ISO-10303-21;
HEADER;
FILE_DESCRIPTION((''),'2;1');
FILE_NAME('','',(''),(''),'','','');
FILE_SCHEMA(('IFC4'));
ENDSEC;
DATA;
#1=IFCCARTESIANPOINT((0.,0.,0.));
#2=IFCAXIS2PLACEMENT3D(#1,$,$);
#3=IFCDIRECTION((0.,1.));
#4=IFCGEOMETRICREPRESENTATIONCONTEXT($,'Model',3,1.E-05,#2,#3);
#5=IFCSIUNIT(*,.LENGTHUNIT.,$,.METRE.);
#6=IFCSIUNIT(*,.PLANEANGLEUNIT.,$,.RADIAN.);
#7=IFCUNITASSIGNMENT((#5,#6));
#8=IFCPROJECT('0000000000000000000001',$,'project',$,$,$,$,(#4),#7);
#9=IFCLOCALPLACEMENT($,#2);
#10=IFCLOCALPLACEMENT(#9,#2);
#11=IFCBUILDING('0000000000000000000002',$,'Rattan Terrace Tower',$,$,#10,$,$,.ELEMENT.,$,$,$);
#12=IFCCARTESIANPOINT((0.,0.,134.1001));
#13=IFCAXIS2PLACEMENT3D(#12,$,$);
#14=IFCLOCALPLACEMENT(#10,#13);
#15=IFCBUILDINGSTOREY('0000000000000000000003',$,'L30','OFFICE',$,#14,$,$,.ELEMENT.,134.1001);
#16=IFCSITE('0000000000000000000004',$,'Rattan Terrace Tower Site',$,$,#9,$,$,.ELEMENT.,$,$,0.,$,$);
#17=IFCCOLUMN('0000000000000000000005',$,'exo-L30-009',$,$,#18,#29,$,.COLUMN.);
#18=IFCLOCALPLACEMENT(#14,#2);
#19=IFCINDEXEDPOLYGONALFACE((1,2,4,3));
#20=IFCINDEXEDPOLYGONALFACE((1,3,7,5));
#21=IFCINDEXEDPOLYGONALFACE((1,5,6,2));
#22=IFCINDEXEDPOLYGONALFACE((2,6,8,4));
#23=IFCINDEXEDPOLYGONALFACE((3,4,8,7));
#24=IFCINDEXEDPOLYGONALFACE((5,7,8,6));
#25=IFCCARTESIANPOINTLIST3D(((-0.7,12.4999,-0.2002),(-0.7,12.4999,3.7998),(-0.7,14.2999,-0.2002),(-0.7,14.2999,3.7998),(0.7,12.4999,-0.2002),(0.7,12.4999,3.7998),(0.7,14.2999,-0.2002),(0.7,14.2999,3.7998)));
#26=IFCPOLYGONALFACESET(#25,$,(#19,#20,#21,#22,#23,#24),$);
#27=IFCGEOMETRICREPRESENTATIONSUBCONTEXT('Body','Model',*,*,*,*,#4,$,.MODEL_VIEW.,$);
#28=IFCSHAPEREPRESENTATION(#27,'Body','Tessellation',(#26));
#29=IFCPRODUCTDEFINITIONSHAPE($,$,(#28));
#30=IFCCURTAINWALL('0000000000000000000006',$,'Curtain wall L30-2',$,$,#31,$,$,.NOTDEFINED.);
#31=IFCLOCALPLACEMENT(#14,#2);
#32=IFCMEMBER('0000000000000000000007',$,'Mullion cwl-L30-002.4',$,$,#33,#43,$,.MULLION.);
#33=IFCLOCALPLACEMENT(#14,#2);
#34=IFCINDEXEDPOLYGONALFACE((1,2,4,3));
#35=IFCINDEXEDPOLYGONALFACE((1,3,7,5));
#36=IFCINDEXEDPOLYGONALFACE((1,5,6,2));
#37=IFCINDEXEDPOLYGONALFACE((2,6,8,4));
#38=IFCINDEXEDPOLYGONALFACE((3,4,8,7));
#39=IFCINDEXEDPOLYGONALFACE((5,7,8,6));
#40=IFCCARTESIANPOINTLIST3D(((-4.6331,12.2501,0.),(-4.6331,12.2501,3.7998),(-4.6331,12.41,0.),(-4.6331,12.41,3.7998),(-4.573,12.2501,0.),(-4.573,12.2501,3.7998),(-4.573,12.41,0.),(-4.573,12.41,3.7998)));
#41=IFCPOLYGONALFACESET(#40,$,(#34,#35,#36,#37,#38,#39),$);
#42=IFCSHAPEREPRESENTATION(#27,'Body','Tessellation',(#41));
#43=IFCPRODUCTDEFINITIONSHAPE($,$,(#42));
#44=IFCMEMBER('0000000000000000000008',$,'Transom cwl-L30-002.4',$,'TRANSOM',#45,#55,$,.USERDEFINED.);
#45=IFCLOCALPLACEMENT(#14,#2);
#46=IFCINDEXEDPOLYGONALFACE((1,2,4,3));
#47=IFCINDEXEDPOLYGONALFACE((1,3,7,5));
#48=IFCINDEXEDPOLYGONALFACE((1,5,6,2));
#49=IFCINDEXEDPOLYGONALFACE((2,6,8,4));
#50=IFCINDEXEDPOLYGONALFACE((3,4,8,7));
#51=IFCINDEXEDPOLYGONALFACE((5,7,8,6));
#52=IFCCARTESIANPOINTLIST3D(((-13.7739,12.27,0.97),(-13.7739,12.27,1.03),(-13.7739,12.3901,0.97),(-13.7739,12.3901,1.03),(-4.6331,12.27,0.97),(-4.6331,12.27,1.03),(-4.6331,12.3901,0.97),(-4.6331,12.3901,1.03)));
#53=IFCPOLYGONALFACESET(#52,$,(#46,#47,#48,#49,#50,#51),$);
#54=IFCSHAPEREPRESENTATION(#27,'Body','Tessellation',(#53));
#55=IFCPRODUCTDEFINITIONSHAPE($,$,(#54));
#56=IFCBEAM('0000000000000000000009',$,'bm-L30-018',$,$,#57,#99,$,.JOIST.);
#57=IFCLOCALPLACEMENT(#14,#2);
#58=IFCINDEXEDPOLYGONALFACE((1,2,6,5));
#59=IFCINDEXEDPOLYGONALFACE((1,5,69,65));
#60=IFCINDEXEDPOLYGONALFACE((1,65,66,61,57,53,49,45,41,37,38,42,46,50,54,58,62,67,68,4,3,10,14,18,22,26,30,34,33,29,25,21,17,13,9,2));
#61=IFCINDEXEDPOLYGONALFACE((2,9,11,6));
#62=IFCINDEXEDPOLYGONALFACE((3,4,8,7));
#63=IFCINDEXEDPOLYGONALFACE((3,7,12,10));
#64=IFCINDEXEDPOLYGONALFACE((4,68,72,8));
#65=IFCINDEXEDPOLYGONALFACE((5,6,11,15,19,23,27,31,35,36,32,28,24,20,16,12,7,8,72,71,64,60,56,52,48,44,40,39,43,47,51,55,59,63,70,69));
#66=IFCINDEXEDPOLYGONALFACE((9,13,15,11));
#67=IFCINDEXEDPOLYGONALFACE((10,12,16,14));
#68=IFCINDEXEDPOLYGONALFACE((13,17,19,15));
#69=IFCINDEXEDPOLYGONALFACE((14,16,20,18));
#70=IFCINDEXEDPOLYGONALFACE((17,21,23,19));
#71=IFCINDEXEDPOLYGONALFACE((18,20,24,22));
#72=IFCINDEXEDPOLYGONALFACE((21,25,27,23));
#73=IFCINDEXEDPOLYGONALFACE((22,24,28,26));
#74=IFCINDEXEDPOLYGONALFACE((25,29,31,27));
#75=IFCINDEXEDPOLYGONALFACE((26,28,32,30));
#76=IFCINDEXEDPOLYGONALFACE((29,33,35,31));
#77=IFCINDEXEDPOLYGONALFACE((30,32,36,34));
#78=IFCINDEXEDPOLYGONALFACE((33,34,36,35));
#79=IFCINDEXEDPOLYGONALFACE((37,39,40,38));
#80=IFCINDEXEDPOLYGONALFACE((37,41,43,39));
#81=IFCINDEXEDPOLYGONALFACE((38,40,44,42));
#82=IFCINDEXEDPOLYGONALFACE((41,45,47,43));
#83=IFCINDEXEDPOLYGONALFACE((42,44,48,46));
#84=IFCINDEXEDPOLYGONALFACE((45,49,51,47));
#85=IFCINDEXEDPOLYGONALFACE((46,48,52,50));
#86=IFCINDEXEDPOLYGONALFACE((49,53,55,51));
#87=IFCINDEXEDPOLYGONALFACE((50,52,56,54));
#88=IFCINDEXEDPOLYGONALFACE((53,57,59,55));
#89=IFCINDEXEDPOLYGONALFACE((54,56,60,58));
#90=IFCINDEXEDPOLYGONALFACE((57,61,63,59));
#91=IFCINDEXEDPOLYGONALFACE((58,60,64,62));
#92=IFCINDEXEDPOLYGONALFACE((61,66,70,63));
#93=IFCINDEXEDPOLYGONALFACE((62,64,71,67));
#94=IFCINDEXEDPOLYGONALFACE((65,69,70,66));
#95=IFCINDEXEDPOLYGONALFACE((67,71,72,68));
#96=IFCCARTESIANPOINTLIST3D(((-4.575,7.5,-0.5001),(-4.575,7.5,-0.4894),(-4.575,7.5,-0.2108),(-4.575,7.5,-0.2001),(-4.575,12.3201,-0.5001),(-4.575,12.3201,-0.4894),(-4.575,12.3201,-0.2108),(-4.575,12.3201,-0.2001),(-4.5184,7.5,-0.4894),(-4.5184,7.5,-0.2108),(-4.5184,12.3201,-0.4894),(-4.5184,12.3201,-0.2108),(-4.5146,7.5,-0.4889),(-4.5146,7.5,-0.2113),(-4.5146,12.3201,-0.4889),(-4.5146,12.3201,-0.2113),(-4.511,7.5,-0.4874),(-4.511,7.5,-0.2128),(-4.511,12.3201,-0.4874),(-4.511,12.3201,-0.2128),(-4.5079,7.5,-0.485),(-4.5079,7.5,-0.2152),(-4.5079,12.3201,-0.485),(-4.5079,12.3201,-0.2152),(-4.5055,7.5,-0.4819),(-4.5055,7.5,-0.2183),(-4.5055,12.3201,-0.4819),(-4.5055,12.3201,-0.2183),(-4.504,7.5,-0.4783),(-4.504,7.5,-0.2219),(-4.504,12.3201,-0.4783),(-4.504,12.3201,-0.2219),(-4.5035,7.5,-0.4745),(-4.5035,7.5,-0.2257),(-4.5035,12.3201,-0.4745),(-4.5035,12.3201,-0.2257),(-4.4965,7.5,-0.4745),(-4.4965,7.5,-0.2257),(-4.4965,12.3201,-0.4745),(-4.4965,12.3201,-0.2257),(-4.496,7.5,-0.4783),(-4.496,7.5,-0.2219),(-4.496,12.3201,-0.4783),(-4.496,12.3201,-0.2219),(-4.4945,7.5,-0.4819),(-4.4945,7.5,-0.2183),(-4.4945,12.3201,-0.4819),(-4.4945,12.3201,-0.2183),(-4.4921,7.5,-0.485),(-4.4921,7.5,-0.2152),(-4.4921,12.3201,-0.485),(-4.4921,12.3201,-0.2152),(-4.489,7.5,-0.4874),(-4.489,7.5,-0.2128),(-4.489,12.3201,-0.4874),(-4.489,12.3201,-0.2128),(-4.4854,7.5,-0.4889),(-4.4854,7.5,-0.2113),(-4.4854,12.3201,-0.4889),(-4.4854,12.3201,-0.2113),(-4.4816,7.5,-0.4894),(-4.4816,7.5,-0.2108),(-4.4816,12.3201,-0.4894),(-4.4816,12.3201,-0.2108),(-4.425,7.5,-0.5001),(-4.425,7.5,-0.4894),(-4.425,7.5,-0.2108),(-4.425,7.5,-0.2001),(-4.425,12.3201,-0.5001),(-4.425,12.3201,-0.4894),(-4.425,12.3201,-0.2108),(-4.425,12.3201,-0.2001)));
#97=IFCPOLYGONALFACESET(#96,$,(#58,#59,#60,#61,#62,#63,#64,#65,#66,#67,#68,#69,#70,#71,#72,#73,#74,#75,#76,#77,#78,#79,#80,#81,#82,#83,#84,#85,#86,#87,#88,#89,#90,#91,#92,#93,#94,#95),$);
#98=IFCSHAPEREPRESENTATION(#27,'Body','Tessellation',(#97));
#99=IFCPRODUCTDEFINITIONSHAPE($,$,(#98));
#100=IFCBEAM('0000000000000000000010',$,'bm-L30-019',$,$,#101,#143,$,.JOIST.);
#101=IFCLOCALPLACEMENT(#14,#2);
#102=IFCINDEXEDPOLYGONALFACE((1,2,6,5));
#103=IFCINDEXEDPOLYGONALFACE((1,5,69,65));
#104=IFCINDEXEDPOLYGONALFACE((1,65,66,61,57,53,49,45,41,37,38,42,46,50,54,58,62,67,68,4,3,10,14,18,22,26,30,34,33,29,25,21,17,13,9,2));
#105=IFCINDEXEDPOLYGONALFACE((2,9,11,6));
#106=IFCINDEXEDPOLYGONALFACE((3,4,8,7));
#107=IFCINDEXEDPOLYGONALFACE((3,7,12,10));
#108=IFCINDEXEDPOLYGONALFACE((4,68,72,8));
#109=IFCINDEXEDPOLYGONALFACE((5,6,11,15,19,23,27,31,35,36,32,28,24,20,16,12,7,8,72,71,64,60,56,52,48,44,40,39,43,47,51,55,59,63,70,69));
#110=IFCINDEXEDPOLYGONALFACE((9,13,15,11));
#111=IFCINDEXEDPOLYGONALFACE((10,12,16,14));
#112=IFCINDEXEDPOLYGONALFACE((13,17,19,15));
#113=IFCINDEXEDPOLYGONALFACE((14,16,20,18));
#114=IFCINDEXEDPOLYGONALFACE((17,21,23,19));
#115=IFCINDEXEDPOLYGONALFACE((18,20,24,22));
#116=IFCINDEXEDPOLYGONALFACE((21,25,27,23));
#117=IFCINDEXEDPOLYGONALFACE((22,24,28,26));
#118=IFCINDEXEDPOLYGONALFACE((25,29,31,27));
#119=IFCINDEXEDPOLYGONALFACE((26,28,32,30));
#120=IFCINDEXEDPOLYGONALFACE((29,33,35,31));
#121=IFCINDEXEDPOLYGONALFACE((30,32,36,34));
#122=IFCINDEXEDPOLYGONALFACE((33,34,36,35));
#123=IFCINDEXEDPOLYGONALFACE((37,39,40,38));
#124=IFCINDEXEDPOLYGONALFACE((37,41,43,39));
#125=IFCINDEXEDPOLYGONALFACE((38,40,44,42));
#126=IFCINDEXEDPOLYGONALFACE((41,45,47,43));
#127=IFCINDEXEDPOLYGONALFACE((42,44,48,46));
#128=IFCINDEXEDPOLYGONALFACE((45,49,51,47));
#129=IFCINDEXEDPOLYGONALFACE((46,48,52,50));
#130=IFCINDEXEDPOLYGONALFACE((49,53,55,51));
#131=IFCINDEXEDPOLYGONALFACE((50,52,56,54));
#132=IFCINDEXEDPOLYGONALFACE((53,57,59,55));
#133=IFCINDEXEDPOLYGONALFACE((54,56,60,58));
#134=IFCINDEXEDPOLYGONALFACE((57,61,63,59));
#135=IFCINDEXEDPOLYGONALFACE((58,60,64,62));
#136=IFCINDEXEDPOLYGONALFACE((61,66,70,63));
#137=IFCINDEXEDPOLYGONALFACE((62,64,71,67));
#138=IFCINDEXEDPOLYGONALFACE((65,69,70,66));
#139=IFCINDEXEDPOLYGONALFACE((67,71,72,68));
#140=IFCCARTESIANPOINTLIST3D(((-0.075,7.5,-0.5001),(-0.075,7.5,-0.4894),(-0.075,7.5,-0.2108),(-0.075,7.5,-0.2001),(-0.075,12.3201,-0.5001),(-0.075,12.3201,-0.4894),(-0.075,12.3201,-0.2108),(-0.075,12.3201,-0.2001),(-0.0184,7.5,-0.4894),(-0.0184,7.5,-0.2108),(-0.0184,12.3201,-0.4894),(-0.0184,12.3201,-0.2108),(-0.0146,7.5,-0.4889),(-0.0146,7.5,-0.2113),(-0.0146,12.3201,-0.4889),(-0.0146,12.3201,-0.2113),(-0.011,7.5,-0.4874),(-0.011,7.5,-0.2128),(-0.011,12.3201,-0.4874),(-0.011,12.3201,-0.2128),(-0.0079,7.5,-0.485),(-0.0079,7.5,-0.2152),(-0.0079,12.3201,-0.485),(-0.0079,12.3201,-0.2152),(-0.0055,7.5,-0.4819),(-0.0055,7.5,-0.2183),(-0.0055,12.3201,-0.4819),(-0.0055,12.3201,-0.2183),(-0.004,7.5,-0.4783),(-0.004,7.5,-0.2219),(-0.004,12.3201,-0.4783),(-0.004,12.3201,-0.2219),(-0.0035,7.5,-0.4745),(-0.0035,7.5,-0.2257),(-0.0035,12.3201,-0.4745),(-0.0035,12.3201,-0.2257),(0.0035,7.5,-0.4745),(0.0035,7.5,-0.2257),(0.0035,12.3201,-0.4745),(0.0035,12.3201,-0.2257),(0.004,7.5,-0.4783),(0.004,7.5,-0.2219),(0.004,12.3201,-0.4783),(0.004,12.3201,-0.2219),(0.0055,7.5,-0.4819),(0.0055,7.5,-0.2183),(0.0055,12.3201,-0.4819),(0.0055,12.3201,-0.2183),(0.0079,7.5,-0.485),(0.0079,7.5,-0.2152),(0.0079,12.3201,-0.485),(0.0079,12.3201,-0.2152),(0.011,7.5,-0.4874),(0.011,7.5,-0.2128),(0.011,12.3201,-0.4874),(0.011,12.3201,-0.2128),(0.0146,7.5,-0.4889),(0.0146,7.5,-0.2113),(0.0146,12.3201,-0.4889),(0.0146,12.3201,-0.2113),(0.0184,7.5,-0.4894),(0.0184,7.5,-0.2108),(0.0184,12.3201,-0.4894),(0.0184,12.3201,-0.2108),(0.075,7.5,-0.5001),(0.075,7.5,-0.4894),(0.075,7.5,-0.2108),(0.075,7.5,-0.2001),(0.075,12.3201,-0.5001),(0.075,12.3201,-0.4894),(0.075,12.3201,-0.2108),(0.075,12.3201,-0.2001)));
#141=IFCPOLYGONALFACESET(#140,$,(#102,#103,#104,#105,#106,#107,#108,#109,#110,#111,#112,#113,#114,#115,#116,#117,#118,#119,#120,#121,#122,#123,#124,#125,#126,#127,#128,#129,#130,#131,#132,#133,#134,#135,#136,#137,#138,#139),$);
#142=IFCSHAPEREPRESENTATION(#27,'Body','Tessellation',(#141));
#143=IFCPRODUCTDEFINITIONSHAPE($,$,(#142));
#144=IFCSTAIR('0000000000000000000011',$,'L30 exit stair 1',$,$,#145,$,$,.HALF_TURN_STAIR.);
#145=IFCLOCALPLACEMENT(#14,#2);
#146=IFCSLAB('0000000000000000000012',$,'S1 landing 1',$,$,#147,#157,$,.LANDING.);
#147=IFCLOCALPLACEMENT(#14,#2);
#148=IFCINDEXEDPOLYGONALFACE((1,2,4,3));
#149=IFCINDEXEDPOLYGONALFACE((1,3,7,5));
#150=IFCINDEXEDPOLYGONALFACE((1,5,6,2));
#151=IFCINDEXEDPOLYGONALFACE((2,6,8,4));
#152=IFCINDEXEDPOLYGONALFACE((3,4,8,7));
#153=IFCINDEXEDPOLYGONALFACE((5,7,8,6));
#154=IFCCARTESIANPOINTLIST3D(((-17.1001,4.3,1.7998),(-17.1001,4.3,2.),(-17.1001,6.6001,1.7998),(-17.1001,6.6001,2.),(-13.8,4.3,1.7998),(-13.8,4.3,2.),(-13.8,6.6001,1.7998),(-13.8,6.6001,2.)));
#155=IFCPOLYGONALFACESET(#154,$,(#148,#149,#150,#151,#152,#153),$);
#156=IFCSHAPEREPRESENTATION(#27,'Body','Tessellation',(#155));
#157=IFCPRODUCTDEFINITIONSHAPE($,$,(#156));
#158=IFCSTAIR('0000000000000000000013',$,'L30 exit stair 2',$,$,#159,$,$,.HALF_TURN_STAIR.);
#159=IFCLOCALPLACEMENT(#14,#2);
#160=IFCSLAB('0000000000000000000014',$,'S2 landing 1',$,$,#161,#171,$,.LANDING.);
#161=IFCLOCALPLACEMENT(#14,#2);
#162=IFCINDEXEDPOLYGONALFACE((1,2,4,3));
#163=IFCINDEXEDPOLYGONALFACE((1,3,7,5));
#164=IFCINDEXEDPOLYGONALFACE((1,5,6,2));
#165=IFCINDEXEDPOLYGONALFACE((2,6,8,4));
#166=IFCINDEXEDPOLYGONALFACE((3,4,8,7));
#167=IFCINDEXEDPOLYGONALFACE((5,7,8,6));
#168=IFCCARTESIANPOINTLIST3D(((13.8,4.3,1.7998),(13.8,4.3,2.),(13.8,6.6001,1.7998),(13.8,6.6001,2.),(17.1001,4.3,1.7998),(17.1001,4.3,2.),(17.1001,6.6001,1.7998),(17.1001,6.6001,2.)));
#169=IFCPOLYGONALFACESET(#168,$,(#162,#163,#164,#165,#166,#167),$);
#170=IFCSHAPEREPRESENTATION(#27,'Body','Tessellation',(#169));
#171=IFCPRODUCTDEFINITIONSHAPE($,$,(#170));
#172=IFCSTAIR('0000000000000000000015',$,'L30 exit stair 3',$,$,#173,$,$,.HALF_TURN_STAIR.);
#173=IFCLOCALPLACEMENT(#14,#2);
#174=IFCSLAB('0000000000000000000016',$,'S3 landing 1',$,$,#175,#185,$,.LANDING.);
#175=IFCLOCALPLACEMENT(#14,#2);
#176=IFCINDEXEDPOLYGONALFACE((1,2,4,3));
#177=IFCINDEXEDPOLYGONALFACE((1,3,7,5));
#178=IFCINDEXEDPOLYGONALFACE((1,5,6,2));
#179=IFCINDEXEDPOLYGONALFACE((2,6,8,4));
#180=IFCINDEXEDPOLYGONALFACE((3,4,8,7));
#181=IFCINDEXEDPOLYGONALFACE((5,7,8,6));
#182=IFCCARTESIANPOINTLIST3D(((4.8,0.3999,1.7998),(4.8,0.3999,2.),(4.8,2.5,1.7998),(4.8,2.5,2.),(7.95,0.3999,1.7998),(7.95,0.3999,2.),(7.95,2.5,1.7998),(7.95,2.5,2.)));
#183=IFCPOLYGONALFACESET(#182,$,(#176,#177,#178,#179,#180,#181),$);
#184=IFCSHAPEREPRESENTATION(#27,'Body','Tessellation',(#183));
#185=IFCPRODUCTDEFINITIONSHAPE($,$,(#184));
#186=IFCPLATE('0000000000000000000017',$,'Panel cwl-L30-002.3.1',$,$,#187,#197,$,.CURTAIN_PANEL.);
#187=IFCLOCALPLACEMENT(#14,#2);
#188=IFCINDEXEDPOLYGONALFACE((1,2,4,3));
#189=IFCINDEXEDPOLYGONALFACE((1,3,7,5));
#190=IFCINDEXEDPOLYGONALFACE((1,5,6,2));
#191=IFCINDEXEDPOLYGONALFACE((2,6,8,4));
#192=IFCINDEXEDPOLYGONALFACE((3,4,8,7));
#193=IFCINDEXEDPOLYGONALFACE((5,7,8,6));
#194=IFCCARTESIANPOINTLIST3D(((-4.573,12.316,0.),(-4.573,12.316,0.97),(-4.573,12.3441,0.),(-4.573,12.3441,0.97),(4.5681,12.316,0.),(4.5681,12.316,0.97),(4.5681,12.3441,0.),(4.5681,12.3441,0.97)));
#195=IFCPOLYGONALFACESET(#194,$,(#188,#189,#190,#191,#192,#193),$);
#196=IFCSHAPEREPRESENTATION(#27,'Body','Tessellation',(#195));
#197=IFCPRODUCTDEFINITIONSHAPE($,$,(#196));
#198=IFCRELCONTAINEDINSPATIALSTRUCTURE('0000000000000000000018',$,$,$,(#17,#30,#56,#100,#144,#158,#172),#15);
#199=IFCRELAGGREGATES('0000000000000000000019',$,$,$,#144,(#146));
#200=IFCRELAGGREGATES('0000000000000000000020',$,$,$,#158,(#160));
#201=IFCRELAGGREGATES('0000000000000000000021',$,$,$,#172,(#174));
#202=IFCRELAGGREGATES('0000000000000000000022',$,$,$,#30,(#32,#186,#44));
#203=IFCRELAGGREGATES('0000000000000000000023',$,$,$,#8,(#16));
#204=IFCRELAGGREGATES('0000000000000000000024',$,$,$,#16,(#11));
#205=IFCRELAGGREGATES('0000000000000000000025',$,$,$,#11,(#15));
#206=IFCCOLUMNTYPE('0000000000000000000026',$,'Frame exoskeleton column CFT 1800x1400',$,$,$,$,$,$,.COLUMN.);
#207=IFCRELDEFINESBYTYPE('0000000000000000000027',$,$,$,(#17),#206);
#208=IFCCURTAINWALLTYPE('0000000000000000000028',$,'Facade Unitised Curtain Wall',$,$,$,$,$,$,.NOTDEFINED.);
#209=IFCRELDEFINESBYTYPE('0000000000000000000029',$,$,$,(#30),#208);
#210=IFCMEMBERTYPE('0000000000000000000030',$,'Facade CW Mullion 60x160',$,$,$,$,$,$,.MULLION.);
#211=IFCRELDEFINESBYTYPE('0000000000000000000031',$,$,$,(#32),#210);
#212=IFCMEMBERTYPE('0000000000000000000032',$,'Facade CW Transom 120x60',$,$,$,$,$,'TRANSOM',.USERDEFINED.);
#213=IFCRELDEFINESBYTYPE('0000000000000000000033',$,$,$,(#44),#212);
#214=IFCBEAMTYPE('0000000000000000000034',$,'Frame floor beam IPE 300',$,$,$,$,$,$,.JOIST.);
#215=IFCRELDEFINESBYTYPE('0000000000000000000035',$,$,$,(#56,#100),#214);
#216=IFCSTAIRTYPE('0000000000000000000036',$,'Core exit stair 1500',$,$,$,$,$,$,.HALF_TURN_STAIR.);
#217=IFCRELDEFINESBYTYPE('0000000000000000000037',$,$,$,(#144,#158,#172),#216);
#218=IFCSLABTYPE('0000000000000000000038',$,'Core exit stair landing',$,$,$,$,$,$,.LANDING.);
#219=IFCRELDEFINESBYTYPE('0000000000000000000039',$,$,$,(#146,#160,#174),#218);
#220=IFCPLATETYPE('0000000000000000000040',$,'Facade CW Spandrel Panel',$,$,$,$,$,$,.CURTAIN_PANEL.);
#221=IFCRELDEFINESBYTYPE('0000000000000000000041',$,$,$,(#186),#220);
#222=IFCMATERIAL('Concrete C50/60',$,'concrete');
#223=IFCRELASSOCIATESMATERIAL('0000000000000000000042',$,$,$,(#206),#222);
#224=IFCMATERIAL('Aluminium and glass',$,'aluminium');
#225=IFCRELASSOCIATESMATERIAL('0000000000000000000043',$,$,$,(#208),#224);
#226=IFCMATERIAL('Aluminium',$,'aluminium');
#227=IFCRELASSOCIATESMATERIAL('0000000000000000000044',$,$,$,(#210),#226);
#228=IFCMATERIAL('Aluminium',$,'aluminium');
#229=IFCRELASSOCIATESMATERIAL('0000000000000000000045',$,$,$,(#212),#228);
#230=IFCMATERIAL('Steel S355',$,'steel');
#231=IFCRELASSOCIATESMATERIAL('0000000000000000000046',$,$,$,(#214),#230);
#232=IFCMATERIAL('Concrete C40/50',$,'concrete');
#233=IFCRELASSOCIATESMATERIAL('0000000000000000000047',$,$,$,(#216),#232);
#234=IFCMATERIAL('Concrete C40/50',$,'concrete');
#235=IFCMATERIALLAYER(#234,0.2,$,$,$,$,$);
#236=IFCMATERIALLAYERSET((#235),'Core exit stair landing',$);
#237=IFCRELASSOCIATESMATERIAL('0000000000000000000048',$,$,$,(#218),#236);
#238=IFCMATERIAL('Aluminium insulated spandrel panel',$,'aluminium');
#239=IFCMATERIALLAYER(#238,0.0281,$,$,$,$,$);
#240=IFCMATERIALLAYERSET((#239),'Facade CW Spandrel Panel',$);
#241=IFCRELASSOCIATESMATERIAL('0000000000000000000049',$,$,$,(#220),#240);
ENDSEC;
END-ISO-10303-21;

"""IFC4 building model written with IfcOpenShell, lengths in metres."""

from ifc_helpers import new_model, si_unit, direction, frame, origin, origin_2d, place, context, subcontext, project, spatial, polyline, rectangle, i_section, outline, extrude, material, layer, layer_set, material_profile, profile_set, type_object, element, aggregate, save


model = new_model("IFC4")

# Units and contexts
model_context = context("Model", 3, precision=1e-05, world=origin(), true_north=direction((0.0, 1.0)))
body_context = subcontext(model_context, "Body", "Model", "MODEL_VIEW")
ifc_project = project(units=[si_unit("LENGTHUNIT", "METRE"), si_unit("PLANEANGLEUNIT", "RADIAN")], contexts=[model_context])

# Site, building, storey
site_placement = place(None, origin())
site = spatial("IfcSite", under=ifc_project, at=site_placement, Name="Rattan Terrace Tower Site", CompositionType="ELEMENT", RefElevation=0.0)
building_placement = place(site_placement, origin())
building = spatial("IfcBuilding", under=site, at=building_placement, Name="Rattan Terrace Tower", CompositionType="ELEMENT")
storey_placement = place(building_placement, frame((0.0, 0.0, 134.1001)))
storey = spatial("IfcBuildingStorey", under=building, at=storey_placement, Name="L30", Description="OFFICE", CompositionType="ELEMENT", Elevation=134.1001)

# Column
ifc_material_1 = material(Name="Concrete C50/60", Category="concrete")
ifc_material_profile_1 = material_profile(ifc_material_1, rectangle(XDim=1.3999, YDim=1.8, at=origin_2d()), Name="CFT 1800x1400")
ifc_profile_set_1 = profile_set([ifc_material_profile_1], Name="Concrete C50/60")
column_type = type_object("IfcColumnType", Name="Frame exoskeleton column CFT 1800x1400", PredefinedType="COLUMN", material=ifc_profile_set_1)
column_placement = place(storey_placement, frame((0.0, 13.3999, -0.2002), z_axis=(0.0, 0.0, 1.0), x_axis=(1.0, 0.0, 0.0)))
element("IfcColumn", 1, at=column_placement, inside=storey, type_object=column_type, Name="exo-L30-009", PredefinedType="COLUMN", context=body_context, shape_type="SweptSolid", body=[
    extrude(rectangle(XDim=1.3999, YDim=1.8, at=origin_2d()), origin(), (0.0, 0.0, 1.0), 4.0),
])

# Curtain wall, members
ifc_material_2 = material(Name="Aluminium and glass", Category="aluminium")
curtain_wall_type = type_object("IfcCurtainWallType", Name="Facade Unitised Curtain Wall", PredefinedType="NOTDEFINED", material=ifc_material_2)
curtain_wall_placement = place(storey_placement, origin())
curtain_wall = element("IfcCurtainWall", 2, at=curtain_wall_placement, inside=storey, type_object=curtain_wall_type, Name="Curtain wall L30-2", PredefinedType="NOTDEFINED")
ifc_material_3 = material(Name="Aluminium", Category="aluminium")
ifc_material_profile_2 = material_profile(ifc_material_3, rectangle(XDim=0.0601, YDim=0.1599, at=origin_2d()), Name="Aluminium 60x160")
ifc_profile_set_2 = profile_set([ifc_material_profile_2], Name="Aluminium")
member_type_1 = type_object("IfcMemberType", Name="Facade CW Mullion 60x160", PredefinedType="MULLION", material=ifc_profile_set_2)
member_1_placement = place(storey_placement, frame((-4.603, 12.3301, 0.0), z_axis=(0.0, 0.0, 1.0), x_axis=(-1.0, 0.0, 0.0)))
member_1 = element("IfcMember", 3, at=member_1_placement, type_object=member_type_1, Name="Mullion cwl-L30-002.4", PredefinedType="MULLION", context=body_context, shape_type="SweptSolid", body=[
    extrude(rectangle(XDim=0.0601, YDim=0.1599, at=origin_2d()), origin(), (0.0, 0.0, 1.0), 3.7998),
])
ifc_material_4 = material(Name="Aluminium", Category="aluminium")
ifc_material_profile_3 = material_profile(ifc_material_4, rectangle(XDim=0.1201, YDim=0.0601, at=origin_2d()), Name="Aluminium 120x60")
ifc_profile_set_3 = profile_set([ifc_material_profile_3], Name="Aluminium")
member_type_2 = type_object("IfcMemberType", Name="Facade CW Transom 120x60", ElementType="TRANSOM", PredefinedType="USERDEFINED", material=ifc_profile_set_3)
member_2_placement = place(storey_placement, frame((-4.6331, 12.3301, 1.0), z_axis=(-1.0, 0.0, 0.0), x_axis=(0.0, -1.0, 0.0)))
member_2 = element("IfcMember", 4, at=member_2_placement, type_object=member_type_2, Name="Transom cwl-L30-002.4", ObjectType="TRANSOM", PredefinedType="USERDEFINED", context=body_context, shape_type="SweptSolid", body=[
    extrude(rectangle(XDim=0.1201, YDim=0.0601, at=origin_2d()), origin(), (0.0, 0.0, 1.0), 9.1409),
])

# Beams
ifc_material_5 = material(Name="Steel S355", Category="steel")
ifc_material_profile_4 = material_profile(ifc_material_5, i_section(OverallWidth=0.1499, OverallDepth=0.3, WebThickness=0.0071, FlangeThickness=0.0107, FilletRadius=0.0149, at=origin_2d()), Name="IPE 300")
ifc_profile_set_4 = profile_set([ifc_material_profile_4], Name="Steel S355")
beam_type = type_object("IfcBeamType", Name="Frame floor beam IPE 300", PredefinedType="JOIST", material=ifc_profile_set_4)
for number, where, z_axis, x_axis, name in (
    (5, (-4.5, 7.5, -0.3501), (0.0, 1.0, 0.0), (-1.0, 0.0, 0.0), "bm-L30-018"),
    (6, (0.0, 7.5, -0.3501), (0.0, 1.0, 0.0), (-1.0, 0.0, 0.0), "bm-L30-019"),
):
    element("IfcBeam", number, at=place(storey_placement, frame(where, z_axis=z_axis, x_axis=x_axis)), inside=storey, type_object=beam_type, Name=name, PredefinedType="JOIST", context=body_context, shape_type="SweptSolid", body=[
        extrude(i_section(OverallWidth=0.1499, OverallDepth=0.3, WebThickness=0.0071, FlangeThickness=0.0107, FilletRadius=0.0149, at=origin_2d()), origin(), (0.0, 0.0, 1.0), 4.8201),
    ])

# Stairs, slabs
ifc_material_6 = material(Name="Concrete C40/50", Category="concrete")
stair_type = type_object("IfcStairType", Name="Core exit stair 1500", PredefinedType="HALF_TURN_STAIR", material=ifc_material_6)
stair_1_placement = place(storey_placement, origin())
stair_1 = element("IfcStair", 7, at=stair_1_placement, inside=storey, type_object=stair_type, Name="L30 exit stair 1", PredefinedType="HALF_TURN_STAIR")
ifc_material_7 = material(Name="Concrete C40/50", Category="concrete")
ifc_layer_1 = layer(ifc_material_7, 0.2)
ifc_layer_set_1 = layer_set([ifc_layer_1], Name="Core exit stair landing")
slab_type_1 = type_object("IfcSlabType", Name="Core exit stair landing", PredefinedType="LANDING", material=ifc_layer_set_1)
slab_1_placement = place(storey_placement, frame((0.0, 0.0, 1.7998)))
slab_1 = element("IfcSlab", 8, at=slab_1_placement, type_object=slab_type_1, Name="S1 landing 1", PredefinedType="LANDING", context=body_context, shape_type="SweptSolid", body=[
    extrude(outline(polyline([(-13.8, 4.3), (-13.8, 6.6001), (-17.1001, 6.6001), (-17.1001, 4.3), (-13.8, 4.3)])), origin(), (0.0, 0.0, 1.0), 0.2002),
])
aggregate(stair_1, [slab_1])
stair_2_placement = place(storey_placement, origin())
stair_2 = element("IfcStair", 9, at=stair_2_placement, inside=storey, type_object=stair_type, Name="L30 exit stair 2", PredefinedType="HALF_TURN_STAIR")
slab_2_placement = place(storey_placement, frame((0.0, 0.0, 1.7998)))
slab_2 = element("IfcSlab", 10, at=slab_2_placement, type_object=slab_type_1, Name="S2 landing 1", PredefinedType="LANDING", context=body_context, shape_type="SweptSolid", body=[
    extrude(outline(polyline([(17.1001, 4.3), (17.1001, 6.6001), (13.8, 6.6001), (13.8, 4.3), (17.1001, 4.3)])), origin(), (0.0, 0.0, 1.0), 0.2002),
])
aggregate(stair_2, [slab_2])
stair_3_placement = place(storey_placement, origin())
stair_3 = element("IfcStair", 11, at=stair_3_placement, inside=storey, type_object=stair_type, Name="L30 exit stair 3", PredefinedType="HALF_TURN_STAIR")
slab_3_placement = place(storey_placement, frame((0.0, 0.0, 1.7998)))
slab_3 = element("IfcSlab", 12, at=slab_3_placement, type_object=slab_type_1, Name="S3 landing 1", PredefinedType="LANDING", context=body_context, shape_type="SweptSolid", body=[
    extrude(outline(polyline([(4.8, 2.5), (4.8, 0.3999), (7.95, 0.3999), (7.95, 2.5), (4.8, 2.5)])), origin(), (0.0, 0.0, 1.0), 0.2002),
])
aggregate(stair_3, [slab_3])

# Plate
ifc_material_8 = material(Name="Aluminium insulated spandrel panel", Category="aluminium")
ifc_layer_2 = layer(ifc_material_8, 0.0281)
ifc_layer_set_2 = layer_set([ifc_layer_2], Name="Facade CW Spandrel Panel")
plate_type_1 = type_object("IfcPlateType", Name="Facade CW Spandrel Panel", PredefinedType="CURTAIN_PANEL", material=ifc_layer_set_2)
plate_1_placement = place(storey_placement, frame((-0.0024, 12.3301, 0.0), z_axis=(0.0, 0.0, 1.0), x_axis=(-1.0, 0.0, 0.0)))
plate_1 = element("IfcPlate", 13, at=plate_1_placement, type_object=plate_type_1, Name="Panel cwl-L30-002.3.1", PredefinedType="CURTAIN_PANEL", context=body_context, shape_type="SweptSolid", body=[
    extrude(rectangle(XDim=9.1411, YDim=0.0281, at=origin_2d()), origin(), (0.0, 0.0, 1.0), 0.97),
])
aggregate(curtain_wall, [member_1, plate_1, member_2])

save(model, "model.ifc")
